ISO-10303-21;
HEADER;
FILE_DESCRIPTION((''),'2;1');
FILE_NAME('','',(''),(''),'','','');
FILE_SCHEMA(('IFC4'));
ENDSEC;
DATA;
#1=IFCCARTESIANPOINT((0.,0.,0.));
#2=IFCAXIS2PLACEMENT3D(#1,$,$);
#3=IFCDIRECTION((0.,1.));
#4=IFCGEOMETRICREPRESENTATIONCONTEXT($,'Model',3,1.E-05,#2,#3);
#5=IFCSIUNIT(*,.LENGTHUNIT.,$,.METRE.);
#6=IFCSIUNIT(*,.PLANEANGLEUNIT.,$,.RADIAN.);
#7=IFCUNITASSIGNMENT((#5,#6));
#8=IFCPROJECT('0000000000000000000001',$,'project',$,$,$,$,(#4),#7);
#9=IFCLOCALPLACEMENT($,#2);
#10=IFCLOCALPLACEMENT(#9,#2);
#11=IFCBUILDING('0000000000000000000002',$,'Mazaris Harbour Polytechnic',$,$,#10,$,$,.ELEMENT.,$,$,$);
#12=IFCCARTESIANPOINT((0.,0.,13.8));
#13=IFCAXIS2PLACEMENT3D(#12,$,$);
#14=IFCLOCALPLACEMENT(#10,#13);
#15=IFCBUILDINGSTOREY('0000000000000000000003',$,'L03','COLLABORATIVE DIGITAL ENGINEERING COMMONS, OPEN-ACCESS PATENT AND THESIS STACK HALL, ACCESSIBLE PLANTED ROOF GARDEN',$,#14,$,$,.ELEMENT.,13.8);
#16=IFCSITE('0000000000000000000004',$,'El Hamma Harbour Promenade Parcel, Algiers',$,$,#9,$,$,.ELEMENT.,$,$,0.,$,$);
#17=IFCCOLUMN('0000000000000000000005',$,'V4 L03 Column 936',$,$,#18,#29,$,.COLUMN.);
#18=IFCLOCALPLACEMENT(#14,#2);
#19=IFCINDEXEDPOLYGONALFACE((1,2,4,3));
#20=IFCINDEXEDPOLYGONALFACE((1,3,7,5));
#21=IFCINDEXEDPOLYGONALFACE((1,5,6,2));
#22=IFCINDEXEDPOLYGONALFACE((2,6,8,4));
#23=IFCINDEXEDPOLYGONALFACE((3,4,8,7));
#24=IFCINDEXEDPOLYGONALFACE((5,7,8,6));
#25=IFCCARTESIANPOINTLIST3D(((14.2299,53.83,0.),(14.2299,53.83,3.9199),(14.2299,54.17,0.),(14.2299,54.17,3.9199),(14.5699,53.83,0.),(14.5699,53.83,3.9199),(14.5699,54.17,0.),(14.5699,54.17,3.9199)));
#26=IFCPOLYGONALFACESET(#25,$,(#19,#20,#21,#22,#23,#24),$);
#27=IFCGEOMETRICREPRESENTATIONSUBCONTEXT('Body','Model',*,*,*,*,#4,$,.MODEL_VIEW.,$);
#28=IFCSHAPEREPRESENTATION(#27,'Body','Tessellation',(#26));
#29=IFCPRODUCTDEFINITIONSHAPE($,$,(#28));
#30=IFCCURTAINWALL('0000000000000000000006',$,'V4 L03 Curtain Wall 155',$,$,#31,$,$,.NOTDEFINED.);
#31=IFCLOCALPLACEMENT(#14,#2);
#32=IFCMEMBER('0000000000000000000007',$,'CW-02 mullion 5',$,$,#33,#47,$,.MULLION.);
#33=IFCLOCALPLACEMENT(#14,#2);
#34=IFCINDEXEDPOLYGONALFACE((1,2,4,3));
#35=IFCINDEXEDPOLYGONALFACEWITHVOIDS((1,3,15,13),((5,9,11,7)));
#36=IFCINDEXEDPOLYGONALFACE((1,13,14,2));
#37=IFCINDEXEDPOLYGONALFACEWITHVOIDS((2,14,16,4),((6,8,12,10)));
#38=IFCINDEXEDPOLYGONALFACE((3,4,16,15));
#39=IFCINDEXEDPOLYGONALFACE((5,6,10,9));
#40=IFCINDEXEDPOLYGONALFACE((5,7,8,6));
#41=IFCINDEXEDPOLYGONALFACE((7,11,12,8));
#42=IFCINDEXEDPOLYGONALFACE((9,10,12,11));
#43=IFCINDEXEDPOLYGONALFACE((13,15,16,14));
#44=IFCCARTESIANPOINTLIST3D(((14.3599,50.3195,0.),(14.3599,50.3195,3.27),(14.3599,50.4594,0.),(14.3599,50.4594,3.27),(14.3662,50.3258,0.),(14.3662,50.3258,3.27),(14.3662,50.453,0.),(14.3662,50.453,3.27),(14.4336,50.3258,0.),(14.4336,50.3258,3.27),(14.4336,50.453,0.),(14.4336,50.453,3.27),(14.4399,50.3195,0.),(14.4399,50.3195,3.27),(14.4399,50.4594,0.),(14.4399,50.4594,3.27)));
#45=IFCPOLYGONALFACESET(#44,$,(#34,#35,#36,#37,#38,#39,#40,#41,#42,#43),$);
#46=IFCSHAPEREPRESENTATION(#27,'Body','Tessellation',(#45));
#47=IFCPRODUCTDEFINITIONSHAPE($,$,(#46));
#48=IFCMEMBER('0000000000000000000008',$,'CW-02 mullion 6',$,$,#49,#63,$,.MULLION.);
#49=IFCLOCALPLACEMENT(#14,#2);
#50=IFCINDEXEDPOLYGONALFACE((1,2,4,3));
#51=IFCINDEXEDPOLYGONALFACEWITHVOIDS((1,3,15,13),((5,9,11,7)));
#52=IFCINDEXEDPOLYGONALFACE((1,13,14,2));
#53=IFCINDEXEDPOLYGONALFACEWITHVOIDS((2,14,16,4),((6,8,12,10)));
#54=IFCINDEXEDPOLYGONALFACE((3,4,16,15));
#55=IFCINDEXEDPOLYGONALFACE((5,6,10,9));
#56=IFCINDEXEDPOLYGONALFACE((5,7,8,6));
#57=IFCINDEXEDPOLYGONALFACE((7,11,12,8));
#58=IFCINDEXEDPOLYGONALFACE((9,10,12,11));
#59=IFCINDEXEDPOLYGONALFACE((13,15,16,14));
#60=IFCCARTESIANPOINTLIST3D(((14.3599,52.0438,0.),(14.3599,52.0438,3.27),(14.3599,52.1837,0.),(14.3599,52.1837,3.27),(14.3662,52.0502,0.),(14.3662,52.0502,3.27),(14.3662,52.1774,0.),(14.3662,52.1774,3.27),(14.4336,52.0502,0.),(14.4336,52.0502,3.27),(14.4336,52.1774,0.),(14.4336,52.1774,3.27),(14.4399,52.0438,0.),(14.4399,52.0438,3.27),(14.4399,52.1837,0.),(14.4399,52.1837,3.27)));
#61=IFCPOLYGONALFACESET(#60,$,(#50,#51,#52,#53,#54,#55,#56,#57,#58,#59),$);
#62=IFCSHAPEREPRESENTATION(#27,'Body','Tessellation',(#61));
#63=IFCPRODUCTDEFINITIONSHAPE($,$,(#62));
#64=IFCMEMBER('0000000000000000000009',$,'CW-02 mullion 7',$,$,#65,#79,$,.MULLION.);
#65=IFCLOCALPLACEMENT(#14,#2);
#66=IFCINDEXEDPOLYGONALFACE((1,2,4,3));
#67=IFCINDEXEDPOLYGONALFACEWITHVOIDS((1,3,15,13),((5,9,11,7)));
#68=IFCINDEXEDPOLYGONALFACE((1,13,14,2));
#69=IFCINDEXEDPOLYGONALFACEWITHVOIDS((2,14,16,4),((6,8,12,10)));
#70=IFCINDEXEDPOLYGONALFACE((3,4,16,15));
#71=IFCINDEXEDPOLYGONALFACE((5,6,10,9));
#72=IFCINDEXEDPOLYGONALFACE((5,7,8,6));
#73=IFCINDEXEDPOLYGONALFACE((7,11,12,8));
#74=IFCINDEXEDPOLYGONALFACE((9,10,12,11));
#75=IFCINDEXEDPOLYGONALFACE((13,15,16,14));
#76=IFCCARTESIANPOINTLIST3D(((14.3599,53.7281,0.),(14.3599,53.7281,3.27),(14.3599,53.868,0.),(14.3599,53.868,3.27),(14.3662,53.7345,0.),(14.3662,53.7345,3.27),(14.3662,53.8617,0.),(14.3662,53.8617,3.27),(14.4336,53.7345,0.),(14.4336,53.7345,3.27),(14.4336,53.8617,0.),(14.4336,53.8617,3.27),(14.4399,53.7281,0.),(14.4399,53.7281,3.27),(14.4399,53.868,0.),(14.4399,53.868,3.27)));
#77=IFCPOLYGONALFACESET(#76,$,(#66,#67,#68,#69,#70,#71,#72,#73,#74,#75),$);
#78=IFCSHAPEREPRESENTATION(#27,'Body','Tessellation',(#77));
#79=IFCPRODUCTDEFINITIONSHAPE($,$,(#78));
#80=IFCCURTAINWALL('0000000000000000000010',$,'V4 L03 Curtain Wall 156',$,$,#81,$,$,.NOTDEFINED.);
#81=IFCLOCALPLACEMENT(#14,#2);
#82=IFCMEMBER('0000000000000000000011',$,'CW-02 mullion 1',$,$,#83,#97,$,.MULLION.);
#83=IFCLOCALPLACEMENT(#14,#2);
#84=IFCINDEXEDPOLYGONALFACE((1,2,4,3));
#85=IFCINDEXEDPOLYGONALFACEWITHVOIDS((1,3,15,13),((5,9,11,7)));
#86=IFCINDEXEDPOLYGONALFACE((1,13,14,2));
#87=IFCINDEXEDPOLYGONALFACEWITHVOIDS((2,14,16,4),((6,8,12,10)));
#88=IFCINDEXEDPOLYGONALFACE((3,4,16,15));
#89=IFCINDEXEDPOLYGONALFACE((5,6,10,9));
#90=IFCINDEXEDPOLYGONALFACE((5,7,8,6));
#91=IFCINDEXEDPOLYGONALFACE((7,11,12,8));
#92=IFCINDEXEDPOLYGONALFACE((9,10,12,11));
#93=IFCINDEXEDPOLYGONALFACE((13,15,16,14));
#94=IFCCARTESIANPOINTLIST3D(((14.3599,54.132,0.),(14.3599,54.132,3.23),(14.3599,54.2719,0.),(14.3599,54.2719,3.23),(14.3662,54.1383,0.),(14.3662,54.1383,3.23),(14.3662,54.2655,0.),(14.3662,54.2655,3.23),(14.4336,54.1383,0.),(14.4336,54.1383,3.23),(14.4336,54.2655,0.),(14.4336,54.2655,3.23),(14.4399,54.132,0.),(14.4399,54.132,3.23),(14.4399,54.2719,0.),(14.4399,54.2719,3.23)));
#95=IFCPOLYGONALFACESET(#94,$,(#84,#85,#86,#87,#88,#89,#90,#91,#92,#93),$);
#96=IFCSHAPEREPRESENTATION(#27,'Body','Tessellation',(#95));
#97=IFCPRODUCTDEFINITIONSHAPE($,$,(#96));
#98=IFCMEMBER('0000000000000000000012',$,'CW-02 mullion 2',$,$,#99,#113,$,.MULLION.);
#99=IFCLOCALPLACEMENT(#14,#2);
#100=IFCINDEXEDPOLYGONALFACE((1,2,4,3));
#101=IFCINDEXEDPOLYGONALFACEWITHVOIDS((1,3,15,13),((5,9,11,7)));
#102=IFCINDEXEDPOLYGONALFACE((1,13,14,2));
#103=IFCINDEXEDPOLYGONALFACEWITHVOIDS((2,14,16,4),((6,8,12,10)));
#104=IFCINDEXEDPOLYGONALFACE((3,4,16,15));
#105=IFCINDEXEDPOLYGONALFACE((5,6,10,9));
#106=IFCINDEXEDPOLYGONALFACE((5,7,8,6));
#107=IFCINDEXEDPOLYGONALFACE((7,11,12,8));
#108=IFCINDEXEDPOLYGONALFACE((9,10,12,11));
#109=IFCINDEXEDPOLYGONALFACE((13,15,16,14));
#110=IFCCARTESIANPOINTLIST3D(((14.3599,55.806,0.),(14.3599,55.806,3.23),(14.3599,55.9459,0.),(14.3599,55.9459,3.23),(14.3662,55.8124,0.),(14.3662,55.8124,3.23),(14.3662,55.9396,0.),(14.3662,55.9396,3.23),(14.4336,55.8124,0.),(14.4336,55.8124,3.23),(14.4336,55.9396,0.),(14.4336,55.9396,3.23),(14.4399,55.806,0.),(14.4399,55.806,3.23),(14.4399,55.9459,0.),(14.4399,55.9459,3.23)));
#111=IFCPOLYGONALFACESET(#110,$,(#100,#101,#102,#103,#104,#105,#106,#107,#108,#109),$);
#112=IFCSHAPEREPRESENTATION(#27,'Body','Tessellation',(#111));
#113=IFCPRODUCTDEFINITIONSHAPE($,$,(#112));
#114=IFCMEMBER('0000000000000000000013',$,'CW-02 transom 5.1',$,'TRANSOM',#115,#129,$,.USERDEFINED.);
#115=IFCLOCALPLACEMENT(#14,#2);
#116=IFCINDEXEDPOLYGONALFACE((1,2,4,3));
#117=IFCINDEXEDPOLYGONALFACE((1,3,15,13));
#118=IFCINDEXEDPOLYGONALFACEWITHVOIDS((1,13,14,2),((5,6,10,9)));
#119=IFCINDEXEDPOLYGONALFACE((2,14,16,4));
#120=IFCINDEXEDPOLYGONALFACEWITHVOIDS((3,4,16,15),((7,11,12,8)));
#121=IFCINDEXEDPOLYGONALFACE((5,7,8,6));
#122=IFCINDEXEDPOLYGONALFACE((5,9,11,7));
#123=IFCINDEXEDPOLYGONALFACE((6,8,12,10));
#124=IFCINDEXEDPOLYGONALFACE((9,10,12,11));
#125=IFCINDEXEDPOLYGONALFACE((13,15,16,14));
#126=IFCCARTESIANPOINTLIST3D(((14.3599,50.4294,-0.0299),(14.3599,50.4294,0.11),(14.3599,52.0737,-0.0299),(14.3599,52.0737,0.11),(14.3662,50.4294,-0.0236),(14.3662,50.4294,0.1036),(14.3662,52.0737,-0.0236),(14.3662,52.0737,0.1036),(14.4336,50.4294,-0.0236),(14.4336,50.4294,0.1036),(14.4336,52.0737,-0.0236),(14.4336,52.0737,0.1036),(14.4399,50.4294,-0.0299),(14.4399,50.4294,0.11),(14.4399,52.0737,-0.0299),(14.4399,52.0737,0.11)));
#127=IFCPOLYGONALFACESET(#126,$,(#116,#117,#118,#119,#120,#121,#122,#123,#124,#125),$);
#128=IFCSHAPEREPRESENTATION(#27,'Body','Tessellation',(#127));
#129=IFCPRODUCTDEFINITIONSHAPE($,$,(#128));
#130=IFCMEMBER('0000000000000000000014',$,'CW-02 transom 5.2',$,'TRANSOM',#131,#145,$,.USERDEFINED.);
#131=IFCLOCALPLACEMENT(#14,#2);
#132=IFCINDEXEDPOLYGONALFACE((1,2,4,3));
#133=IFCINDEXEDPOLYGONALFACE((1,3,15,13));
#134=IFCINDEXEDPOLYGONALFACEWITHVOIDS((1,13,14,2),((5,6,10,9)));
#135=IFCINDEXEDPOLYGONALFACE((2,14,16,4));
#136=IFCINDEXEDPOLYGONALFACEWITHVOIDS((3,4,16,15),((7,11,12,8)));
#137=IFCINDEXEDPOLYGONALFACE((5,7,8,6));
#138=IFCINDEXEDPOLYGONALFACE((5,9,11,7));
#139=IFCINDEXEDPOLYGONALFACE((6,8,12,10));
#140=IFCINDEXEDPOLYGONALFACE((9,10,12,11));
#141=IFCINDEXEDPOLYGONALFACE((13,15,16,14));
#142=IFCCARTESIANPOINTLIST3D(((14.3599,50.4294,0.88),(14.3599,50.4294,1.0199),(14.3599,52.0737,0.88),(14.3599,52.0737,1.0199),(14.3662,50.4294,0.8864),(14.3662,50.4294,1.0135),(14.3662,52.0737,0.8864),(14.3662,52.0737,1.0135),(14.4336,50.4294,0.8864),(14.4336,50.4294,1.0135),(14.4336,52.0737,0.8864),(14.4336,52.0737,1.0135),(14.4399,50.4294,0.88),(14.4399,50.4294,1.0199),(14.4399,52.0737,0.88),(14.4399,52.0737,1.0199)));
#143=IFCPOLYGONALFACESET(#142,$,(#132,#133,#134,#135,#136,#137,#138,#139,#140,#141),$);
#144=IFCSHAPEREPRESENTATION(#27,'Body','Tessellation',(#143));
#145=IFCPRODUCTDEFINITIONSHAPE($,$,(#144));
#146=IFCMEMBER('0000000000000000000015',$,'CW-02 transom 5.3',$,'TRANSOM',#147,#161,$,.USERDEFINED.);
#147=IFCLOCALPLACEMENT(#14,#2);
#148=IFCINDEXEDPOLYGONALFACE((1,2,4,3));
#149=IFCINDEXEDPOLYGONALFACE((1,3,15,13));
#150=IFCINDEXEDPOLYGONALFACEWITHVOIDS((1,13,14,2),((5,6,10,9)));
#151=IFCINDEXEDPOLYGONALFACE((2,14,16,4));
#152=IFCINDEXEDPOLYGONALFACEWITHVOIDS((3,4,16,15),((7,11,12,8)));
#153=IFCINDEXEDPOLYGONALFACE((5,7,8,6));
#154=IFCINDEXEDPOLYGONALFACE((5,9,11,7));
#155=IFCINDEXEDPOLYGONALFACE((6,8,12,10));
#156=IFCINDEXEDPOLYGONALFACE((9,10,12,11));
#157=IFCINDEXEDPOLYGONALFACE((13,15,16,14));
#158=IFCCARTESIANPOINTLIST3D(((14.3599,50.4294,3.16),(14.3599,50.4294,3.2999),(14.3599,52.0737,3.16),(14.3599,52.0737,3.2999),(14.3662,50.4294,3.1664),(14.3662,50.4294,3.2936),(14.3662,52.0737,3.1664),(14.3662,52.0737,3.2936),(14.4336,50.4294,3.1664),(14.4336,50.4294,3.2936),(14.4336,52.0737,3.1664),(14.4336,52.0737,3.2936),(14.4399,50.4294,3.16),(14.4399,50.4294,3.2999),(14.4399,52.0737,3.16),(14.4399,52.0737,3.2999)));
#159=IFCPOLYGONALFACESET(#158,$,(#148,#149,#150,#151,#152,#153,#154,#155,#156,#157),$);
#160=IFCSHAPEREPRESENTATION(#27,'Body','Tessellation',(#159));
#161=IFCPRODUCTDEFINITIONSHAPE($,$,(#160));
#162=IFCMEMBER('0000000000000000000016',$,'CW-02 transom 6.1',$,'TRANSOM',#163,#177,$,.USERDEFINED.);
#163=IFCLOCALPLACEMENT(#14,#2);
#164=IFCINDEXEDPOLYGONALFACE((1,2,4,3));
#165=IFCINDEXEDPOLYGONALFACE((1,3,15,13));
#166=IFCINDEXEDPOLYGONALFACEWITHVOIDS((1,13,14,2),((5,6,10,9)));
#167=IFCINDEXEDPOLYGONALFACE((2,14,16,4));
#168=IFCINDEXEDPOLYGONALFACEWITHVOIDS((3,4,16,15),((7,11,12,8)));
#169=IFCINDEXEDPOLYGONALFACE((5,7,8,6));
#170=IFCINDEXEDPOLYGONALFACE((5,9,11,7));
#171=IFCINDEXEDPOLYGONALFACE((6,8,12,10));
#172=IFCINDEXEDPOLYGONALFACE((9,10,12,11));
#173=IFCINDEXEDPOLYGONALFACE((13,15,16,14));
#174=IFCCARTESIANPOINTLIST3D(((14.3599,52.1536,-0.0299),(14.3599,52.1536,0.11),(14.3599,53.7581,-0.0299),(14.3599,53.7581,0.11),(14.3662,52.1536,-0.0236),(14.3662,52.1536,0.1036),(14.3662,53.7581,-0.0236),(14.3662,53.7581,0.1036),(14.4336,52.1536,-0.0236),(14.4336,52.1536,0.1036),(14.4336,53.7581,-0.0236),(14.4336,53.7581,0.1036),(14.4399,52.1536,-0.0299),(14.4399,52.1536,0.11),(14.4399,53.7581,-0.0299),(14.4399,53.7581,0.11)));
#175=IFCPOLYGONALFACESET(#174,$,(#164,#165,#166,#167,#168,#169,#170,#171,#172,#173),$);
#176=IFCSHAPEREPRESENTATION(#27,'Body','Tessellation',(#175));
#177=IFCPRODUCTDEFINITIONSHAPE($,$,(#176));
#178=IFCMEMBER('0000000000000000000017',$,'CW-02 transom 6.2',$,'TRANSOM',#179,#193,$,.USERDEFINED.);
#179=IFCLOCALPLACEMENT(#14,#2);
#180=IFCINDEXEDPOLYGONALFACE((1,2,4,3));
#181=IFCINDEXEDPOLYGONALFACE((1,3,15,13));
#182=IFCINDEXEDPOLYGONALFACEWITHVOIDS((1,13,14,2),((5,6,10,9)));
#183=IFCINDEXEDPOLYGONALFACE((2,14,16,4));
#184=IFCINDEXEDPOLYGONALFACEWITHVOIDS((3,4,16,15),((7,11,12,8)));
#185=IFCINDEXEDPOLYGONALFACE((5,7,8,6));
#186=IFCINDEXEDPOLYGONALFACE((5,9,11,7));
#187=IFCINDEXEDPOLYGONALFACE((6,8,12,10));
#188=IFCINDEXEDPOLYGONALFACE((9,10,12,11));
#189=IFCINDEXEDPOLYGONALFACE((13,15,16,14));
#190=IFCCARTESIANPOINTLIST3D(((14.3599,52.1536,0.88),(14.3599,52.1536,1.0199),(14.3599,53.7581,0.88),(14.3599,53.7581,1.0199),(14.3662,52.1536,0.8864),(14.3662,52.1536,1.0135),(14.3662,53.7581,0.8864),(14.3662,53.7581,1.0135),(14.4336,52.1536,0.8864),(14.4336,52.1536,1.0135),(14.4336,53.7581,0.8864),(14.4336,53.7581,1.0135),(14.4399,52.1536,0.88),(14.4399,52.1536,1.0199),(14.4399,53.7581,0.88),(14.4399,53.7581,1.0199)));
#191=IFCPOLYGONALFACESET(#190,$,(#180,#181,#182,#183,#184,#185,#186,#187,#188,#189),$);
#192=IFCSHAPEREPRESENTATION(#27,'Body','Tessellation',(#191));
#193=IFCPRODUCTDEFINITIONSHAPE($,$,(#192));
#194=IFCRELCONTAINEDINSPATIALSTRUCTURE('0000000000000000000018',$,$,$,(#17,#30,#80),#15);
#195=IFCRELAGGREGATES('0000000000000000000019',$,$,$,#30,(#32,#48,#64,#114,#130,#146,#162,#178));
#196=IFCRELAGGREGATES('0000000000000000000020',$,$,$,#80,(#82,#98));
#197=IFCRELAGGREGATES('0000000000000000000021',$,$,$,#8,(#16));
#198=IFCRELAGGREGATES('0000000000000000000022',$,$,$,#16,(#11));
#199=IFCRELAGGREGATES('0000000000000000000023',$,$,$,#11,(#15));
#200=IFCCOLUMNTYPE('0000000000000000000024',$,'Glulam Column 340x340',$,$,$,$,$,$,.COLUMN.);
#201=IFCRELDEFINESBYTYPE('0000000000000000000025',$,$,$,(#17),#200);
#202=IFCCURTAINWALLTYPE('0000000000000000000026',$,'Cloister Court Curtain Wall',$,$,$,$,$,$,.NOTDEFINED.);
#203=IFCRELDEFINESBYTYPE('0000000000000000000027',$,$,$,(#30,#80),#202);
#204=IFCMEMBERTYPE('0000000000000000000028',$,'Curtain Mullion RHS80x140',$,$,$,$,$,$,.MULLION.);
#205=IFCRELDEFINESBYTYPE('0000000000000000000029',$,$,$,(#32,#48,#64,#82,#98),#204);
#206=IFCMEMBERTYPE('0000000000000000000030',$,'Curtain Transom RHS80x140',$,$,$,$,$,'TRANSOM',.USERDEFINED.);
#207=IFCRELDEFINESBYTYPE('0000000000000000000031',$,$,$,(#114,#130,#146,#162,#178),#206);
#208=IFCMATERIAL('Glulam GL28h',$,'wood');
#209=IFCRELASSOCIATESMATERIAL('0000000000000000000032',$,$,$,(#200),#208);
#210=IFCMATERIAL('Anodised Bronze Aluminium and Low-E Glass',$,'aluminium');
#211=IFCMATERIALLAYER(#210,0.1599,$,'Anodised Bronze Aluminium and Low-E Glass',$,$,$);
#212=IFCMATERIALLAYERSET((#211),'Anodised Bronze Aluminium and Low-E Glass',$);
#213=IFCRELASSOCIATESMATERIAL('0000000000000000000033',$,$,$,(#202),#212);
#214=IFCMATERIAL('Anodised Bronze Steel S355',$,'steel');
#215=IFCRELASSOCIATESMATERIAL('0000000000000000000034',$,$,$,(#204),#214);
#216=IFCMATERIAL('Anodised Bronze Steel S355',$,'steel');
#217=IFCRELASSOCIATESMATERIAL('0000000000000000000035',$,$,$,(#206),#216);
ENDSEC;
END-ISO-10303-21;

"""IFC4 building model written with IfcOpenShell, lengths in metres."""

from ifc_helpers import new_model, si_unit, direction, frame, origin, origin_2d, place, context, subcontext, project, spatial, rectangle, hollow_rectangle, extrude, material, layer, layer_set, material_profile, profile_set, type_object, element, aggregate, save


model = new_model("IFC4")

# Units and contexts
model_context = context("Model", 3, precision=1e-05, world=origin(), true_north=direction((0.0, 1.0)))
body_context = subcontext(model_context, "Body", "Model", "MODEL_VIEW")
ifc_project = project(units=[si_unit("LENGTHUNIT", "METRE"), si_unit("PLANEANGLEUNIT", "RADIAN")], contexts=[model_context])

# Site, building, storey
site_placement = place(None, origin())
site = spatial("IfcSite", under=ifc_project, at=site_placement, Name="El Hamma Harbour Promenade Parcel, Algiers", CompositionType="ELEMENT", RefElevation=0.0)
building_placement = place(site_placement, origin())
building = spatial("IfcBuilding", under=site, at=building_placement, Name="Mazaris Harbour Polytechnic", CompositionType="ELEMENT")
storey_placement = place(building_placement, frame((0.0, 0.0, 13.8)))
storey = spatial("IfcBuildingStorey", under=building, at=storey_placement, Name="L03", Description="COLLABORATIVE DIGITAL ENGINEERING COMMONS, OPEN-ACCESS PATENT AND THESIS STACK HALL, ACCESSIBLE PLANTED ROOF GARDEN", CompositionType="ELEMENT", Elevation=13.8)

# Column
ifc_material_1 = material(Name="Glulam GL28h", Category="wood")
ifc_material_profile_1 = material_profile(ifc_material_1, rectangle(XDim=0.3401, YDim=0.3401, at=origin_2d()), Name="RECT340x340")
ifc_profile_set_1 = profile_set([ifc_material_profile_1], Name="Glulam GL28h")
column_type = type_object("IfcColumnType", Name="Glulam Column 340x340", PredefinedType="COLUMN", material=ifc_profile_set_1)
column_placement = place(storey_placement, frame((14.3999, 54.0, 0.0), z_axis=(0.0, 0.0, 1.0), x_axis=(1.0, 0.0, 0.0)))
element("IfcColumn", 1, at=column_placement, inside=storey, type_object=column_type, Name="V4 L03 Column 936", PredefinedType="COLUMN", context=body_context, shape_type="SweptSolid", body=[
    extrude(rectangle(XDim=0.3401, YDim=0.3401, at=origin_2d()), origin(), (0.0, 0.0, 1.0), 3.9199),
])

# Curtain walls, members
ifc_material_2 = material(Name="Anodised Bronze Aluminium and Low-E Glass", Category="aluminium")
ifc_layer_1 = layer(ifc_material_2, 0.1599, Name="Anodised Bronze Aluminium and Low-E Glass")
ifc_layer_set_1 = layer_set([ifc_layer_1], Name="Anodised Bronze Aluminium and Low-E Glass")
curtain_wall_type = type_object("IfcCurtainWallType", Name="Cloister Court Curtain Wall", PredefinedType="NOTDEFINED", material=ifc_layer_set_1)
curtain_wall_1_placement = place(storey_placement, origin())
curtain_wall_1 = element("IfcCurtainWall", 2, at=curtain_wall_1_placement, inside=storey, type_object=curtain_wall_type, Name="V4 L03 Curtain Wall 155", PredefinedType="NOTDEFINED")
ifc_material_3 = material(Name="Anodised Bronze Steel S355", Category="steel")
ifc_material_profile_2 = material_profile(ifc_material_3, hollow_rectangle(XDim=0.0801, YDim=0.1399, WallThickness=0.0063, at=origin_2d()), Name="RHS 80x140x6.3")
ifc_profile_set_2 = profile_set([ifc_material_profile_2], Name="Anodised Bronze Steel S355")
member_type_1 = type_object("IfcMemberType", Name="Curtain Mullion RHS80x140", PredefinedType="MULLION", material=ifc_profile_set_2)
member_1_placement = place(storey_placement, frame((14.3999, 50.3894, 0.0), z_axis=(0.0, 0.0, 1.0), x_axis=(-1.0, 0.0, 0.0)))
member_1 = element("IfcMember", 3, at=member_1_placement, type_object=member_type_1, Name="CW-02 mullion 5", PredefinedType="MULLION", context=body_context, shape_type="SweptSolid", body=[
    extrude(hollow_rectangle(XDim=0.0801, YDim=0.1399, WallThickness=0.0063, at=origin_2d()), origin(), (0.0, 0.0, 1.0), 3.27),
])
member_2_placement = place(storey_placement, frame((14.3999, 52.1138, 0.0), z_axis=(0.0, 0.0, 1.0), x_axis=(-1.0, 0.0, 0.0)))
member_2 = element("IfcMember", 4, at=member_2_placement, type_object=member_type_1, Name="CW-02 mullion 6", PredefinedType="MULLION", context=body_context, shape_type="SweptSolid", body=[
    extrude(hollow_rectangle(XDim=0.0801, YDim=0.1399, WallThickness=0.0063, at=origin_2d()), origin(), (0.0, 0.0, 1.0), 3.27),
])
member_3_placement = place(storey_placement, frame((14.3999, 53.7981, 0.0), z_axis=(0.0, 0.0, 1.0), x_axis=(-1.0, 0.0, 0.0)))
member_3 = element("IfcMember", 5, at=member_3_placement, type_object=member_type_1, Name="CW-02 mullion 7", PredefinedType="MULLION", context=body_context, shape_type="SweptSolid", body=[
    extrude(hollow_rectangle(XDim=0.0801, YDim=0.1399, WallThickness=0.0063, at=origin_2d()), origin(), (0.0, 0.0, 1.0), 3.27),
])
curtain_wall_2_placement = place(storey_placement, origin())
curtain_wall_2 = element("IfcCurtainWall", 6, at=curtain_wall_2_placement, inside=storey, type_object=curtain_wall_type, Name="V4 L03 Curtain Wall 156", PredefinedType="NOTDEFINED")
member_4_placement = place(storey_placement, frame((14.3999, 54.2019, 0.0), z_axis=(0.0, 0.0, 1.0), x_axis=(-1.0, 0.0, 0.0)))
member_4 = element("IfcMember", 7, at=member_4_placement, type_object=member_type_1, Name="CW-02 mullion 1", PredefinedType="MULLION", context=body_context, shape_type="SweptSolid", body=[
    extrude(hollow_rectangle(XDim=0.0801, YDim=0.1399, WallThickness=0.0063, at=origin_2d()), origin(), (0.0, 0.0, 1.0), 3.23),
])
member_5_placement = place(storey_placement, frame((14.3999, 55.876, 0.0), z_axis=(0.0, 0.0, 1.0), x_axis=(-1.0, 0.0, 0.0)))
member_5 = element("IfcMember", 8, at=member_5_placement, type_object=member_type_1, Name="CW-02 mullion 2", PredefinedType="MULLION", context=body_context, shape_type="SweptSolid", body=[
    extrude(hollow_rectangle(XDim=0.0801, YDim=0.1399, WallThickness=0.0063, at=origin_2d()), origin(), (0.0, 0.0, 1.0), 3.23),
])

# Members
ifc_material_4 = material(Name="Anodised Bronze Steel S355", Category="steel")
ifc_material_profile_3 = material_profile(ifc_material_4, hollow_rectangle(XDim=0.0801, YDim=0.1399, WallThickness=0.0063, at=origin_2d()), Name="RHS 80x140x6.3")
ifc_profile_set_3 = profile_set([ifc_material_profile_3], Name="Anodised Bronze Steel S355")
member_type_2 = type_object("IfcMemberType", Name="Curtain Transom RHS80x140", ElementType="TRANSOM", PredefinedType="USERDEFINED", material=ifc_profile_set_3)
member_6_placement = place(storey_placement, frame((14.3999, 50.4294, 0.04), z_axis=(0.0, 1.0, 0.0), x_axis=(-1.0, 0.0, 0.0)))
member_6 = element("IfcMember", 9, at=member_6_placement, type_object=member_type_2, Name="CW-02 transom 5.1", ObjectType="TRANSOM", PredefinedType="USERDEFINED", context=body_context, shape_type="SweptSolid", body=[
    extrude(hollow_rectangle(XDim=0.0801, YDim=0.1399, WallThickness=0.0063, at=origin_2d()), origin(), (0.0, 0.0, 1.0), 1.6443),
])
member_7_placement = place(storey_placement, frame((14.3999, 50.4294, 0.95), z_axis=(0.0, 1.0, 0.0), x_axis=(-1.0, 0.0, 0.0)))
member_7 = element("IfcMember", 10, at=member_7_placement, type_object=member_type_2, Name="CW-02 transom 5.2", ObjectType="TRANSOM", PredefinedType="USERDEFINED", context=body_context, shape_type="SweptSolid", body=[
    extrude(hollow_rectangle(XDim=0.0801, YDim=0.1399, WallThickness=0.0063, at=origin_2d()), origin(), (0.0, 0.0, 1.0), 1.6443),
])
member_8_placement = place(storey_placement, frame((14.3999, 50.4294, 3.23), z_axis=(0.0, 1.0, 0.0), x_axis=(-1.0, 0.0, 0.0)))
member_8 = element("IfcMember", 11, at=member_8_placement, type_object=member_type_2, Name="CW-02 transom 5.3", ObjectType="TRANSOM", PredefinedType="USERDEFINED", context=body_context, shape_type="SweptSolid", body=[
    extrude(hollow_rectangle(XDim=0.0801, YDim=0.1399, WallThickness=0.0063, at=origin_2d()), origin(), (0.0, 0.0, 1.0), 1.6443),
])
member_9_placement = place(storey_placement, frame((14.3999, 52.1536, 0.04), z_axis=(0.0, 1.0, 0.0), x_axis=(-1.0, 0.0, 0.0)))
member_9 = element("IfcMember", 12, at=member_9_placement, type_object=member_type_2, Name="CW-02 transom 6.1", ObjectType="TRANSOM", PredefinedType="USERDEFINED", context=body_context, shape_type="SweptSolid", body=[
    extrude(hollow_rectangle(XDim=0.0801, YDim=0.1399, WallThickness=0.0063, at=origin_2d()), origin(), (0.0, 0.0, 1.0), 1.6045),
])
member_10_placement = place(storey_placement, frame((14.3999, 52.1536, 0.95), z_axis=(0.0, 1.0, 0.0), x_axis=(-1.0, 0.0, 0.0)))
member_10 = element("IfcMember", 13, at=member_10_placement, type_object=member_type_2, Name="CW-02 transom 6.2", ObjectType="TRANSOM", PredefinedType="USERDEFINED", context=body_context, shape_type="SweptSolid", body=[
    extrude(hollow_rectangle(XDim=0.0801, YDim=0.1399, WallThickness=0.0063, at=origin_2d()), origin(), (0.0, 0.0, 1.0), 1.6045),
])

aggregate(curtain_wall_1, [member_1, member_2, member_3, member_6, member_7, member_8, member_9, member_10])
aggregate(curtain_wall_2, [member_4, member_5])

save(model, "model.ifc")
